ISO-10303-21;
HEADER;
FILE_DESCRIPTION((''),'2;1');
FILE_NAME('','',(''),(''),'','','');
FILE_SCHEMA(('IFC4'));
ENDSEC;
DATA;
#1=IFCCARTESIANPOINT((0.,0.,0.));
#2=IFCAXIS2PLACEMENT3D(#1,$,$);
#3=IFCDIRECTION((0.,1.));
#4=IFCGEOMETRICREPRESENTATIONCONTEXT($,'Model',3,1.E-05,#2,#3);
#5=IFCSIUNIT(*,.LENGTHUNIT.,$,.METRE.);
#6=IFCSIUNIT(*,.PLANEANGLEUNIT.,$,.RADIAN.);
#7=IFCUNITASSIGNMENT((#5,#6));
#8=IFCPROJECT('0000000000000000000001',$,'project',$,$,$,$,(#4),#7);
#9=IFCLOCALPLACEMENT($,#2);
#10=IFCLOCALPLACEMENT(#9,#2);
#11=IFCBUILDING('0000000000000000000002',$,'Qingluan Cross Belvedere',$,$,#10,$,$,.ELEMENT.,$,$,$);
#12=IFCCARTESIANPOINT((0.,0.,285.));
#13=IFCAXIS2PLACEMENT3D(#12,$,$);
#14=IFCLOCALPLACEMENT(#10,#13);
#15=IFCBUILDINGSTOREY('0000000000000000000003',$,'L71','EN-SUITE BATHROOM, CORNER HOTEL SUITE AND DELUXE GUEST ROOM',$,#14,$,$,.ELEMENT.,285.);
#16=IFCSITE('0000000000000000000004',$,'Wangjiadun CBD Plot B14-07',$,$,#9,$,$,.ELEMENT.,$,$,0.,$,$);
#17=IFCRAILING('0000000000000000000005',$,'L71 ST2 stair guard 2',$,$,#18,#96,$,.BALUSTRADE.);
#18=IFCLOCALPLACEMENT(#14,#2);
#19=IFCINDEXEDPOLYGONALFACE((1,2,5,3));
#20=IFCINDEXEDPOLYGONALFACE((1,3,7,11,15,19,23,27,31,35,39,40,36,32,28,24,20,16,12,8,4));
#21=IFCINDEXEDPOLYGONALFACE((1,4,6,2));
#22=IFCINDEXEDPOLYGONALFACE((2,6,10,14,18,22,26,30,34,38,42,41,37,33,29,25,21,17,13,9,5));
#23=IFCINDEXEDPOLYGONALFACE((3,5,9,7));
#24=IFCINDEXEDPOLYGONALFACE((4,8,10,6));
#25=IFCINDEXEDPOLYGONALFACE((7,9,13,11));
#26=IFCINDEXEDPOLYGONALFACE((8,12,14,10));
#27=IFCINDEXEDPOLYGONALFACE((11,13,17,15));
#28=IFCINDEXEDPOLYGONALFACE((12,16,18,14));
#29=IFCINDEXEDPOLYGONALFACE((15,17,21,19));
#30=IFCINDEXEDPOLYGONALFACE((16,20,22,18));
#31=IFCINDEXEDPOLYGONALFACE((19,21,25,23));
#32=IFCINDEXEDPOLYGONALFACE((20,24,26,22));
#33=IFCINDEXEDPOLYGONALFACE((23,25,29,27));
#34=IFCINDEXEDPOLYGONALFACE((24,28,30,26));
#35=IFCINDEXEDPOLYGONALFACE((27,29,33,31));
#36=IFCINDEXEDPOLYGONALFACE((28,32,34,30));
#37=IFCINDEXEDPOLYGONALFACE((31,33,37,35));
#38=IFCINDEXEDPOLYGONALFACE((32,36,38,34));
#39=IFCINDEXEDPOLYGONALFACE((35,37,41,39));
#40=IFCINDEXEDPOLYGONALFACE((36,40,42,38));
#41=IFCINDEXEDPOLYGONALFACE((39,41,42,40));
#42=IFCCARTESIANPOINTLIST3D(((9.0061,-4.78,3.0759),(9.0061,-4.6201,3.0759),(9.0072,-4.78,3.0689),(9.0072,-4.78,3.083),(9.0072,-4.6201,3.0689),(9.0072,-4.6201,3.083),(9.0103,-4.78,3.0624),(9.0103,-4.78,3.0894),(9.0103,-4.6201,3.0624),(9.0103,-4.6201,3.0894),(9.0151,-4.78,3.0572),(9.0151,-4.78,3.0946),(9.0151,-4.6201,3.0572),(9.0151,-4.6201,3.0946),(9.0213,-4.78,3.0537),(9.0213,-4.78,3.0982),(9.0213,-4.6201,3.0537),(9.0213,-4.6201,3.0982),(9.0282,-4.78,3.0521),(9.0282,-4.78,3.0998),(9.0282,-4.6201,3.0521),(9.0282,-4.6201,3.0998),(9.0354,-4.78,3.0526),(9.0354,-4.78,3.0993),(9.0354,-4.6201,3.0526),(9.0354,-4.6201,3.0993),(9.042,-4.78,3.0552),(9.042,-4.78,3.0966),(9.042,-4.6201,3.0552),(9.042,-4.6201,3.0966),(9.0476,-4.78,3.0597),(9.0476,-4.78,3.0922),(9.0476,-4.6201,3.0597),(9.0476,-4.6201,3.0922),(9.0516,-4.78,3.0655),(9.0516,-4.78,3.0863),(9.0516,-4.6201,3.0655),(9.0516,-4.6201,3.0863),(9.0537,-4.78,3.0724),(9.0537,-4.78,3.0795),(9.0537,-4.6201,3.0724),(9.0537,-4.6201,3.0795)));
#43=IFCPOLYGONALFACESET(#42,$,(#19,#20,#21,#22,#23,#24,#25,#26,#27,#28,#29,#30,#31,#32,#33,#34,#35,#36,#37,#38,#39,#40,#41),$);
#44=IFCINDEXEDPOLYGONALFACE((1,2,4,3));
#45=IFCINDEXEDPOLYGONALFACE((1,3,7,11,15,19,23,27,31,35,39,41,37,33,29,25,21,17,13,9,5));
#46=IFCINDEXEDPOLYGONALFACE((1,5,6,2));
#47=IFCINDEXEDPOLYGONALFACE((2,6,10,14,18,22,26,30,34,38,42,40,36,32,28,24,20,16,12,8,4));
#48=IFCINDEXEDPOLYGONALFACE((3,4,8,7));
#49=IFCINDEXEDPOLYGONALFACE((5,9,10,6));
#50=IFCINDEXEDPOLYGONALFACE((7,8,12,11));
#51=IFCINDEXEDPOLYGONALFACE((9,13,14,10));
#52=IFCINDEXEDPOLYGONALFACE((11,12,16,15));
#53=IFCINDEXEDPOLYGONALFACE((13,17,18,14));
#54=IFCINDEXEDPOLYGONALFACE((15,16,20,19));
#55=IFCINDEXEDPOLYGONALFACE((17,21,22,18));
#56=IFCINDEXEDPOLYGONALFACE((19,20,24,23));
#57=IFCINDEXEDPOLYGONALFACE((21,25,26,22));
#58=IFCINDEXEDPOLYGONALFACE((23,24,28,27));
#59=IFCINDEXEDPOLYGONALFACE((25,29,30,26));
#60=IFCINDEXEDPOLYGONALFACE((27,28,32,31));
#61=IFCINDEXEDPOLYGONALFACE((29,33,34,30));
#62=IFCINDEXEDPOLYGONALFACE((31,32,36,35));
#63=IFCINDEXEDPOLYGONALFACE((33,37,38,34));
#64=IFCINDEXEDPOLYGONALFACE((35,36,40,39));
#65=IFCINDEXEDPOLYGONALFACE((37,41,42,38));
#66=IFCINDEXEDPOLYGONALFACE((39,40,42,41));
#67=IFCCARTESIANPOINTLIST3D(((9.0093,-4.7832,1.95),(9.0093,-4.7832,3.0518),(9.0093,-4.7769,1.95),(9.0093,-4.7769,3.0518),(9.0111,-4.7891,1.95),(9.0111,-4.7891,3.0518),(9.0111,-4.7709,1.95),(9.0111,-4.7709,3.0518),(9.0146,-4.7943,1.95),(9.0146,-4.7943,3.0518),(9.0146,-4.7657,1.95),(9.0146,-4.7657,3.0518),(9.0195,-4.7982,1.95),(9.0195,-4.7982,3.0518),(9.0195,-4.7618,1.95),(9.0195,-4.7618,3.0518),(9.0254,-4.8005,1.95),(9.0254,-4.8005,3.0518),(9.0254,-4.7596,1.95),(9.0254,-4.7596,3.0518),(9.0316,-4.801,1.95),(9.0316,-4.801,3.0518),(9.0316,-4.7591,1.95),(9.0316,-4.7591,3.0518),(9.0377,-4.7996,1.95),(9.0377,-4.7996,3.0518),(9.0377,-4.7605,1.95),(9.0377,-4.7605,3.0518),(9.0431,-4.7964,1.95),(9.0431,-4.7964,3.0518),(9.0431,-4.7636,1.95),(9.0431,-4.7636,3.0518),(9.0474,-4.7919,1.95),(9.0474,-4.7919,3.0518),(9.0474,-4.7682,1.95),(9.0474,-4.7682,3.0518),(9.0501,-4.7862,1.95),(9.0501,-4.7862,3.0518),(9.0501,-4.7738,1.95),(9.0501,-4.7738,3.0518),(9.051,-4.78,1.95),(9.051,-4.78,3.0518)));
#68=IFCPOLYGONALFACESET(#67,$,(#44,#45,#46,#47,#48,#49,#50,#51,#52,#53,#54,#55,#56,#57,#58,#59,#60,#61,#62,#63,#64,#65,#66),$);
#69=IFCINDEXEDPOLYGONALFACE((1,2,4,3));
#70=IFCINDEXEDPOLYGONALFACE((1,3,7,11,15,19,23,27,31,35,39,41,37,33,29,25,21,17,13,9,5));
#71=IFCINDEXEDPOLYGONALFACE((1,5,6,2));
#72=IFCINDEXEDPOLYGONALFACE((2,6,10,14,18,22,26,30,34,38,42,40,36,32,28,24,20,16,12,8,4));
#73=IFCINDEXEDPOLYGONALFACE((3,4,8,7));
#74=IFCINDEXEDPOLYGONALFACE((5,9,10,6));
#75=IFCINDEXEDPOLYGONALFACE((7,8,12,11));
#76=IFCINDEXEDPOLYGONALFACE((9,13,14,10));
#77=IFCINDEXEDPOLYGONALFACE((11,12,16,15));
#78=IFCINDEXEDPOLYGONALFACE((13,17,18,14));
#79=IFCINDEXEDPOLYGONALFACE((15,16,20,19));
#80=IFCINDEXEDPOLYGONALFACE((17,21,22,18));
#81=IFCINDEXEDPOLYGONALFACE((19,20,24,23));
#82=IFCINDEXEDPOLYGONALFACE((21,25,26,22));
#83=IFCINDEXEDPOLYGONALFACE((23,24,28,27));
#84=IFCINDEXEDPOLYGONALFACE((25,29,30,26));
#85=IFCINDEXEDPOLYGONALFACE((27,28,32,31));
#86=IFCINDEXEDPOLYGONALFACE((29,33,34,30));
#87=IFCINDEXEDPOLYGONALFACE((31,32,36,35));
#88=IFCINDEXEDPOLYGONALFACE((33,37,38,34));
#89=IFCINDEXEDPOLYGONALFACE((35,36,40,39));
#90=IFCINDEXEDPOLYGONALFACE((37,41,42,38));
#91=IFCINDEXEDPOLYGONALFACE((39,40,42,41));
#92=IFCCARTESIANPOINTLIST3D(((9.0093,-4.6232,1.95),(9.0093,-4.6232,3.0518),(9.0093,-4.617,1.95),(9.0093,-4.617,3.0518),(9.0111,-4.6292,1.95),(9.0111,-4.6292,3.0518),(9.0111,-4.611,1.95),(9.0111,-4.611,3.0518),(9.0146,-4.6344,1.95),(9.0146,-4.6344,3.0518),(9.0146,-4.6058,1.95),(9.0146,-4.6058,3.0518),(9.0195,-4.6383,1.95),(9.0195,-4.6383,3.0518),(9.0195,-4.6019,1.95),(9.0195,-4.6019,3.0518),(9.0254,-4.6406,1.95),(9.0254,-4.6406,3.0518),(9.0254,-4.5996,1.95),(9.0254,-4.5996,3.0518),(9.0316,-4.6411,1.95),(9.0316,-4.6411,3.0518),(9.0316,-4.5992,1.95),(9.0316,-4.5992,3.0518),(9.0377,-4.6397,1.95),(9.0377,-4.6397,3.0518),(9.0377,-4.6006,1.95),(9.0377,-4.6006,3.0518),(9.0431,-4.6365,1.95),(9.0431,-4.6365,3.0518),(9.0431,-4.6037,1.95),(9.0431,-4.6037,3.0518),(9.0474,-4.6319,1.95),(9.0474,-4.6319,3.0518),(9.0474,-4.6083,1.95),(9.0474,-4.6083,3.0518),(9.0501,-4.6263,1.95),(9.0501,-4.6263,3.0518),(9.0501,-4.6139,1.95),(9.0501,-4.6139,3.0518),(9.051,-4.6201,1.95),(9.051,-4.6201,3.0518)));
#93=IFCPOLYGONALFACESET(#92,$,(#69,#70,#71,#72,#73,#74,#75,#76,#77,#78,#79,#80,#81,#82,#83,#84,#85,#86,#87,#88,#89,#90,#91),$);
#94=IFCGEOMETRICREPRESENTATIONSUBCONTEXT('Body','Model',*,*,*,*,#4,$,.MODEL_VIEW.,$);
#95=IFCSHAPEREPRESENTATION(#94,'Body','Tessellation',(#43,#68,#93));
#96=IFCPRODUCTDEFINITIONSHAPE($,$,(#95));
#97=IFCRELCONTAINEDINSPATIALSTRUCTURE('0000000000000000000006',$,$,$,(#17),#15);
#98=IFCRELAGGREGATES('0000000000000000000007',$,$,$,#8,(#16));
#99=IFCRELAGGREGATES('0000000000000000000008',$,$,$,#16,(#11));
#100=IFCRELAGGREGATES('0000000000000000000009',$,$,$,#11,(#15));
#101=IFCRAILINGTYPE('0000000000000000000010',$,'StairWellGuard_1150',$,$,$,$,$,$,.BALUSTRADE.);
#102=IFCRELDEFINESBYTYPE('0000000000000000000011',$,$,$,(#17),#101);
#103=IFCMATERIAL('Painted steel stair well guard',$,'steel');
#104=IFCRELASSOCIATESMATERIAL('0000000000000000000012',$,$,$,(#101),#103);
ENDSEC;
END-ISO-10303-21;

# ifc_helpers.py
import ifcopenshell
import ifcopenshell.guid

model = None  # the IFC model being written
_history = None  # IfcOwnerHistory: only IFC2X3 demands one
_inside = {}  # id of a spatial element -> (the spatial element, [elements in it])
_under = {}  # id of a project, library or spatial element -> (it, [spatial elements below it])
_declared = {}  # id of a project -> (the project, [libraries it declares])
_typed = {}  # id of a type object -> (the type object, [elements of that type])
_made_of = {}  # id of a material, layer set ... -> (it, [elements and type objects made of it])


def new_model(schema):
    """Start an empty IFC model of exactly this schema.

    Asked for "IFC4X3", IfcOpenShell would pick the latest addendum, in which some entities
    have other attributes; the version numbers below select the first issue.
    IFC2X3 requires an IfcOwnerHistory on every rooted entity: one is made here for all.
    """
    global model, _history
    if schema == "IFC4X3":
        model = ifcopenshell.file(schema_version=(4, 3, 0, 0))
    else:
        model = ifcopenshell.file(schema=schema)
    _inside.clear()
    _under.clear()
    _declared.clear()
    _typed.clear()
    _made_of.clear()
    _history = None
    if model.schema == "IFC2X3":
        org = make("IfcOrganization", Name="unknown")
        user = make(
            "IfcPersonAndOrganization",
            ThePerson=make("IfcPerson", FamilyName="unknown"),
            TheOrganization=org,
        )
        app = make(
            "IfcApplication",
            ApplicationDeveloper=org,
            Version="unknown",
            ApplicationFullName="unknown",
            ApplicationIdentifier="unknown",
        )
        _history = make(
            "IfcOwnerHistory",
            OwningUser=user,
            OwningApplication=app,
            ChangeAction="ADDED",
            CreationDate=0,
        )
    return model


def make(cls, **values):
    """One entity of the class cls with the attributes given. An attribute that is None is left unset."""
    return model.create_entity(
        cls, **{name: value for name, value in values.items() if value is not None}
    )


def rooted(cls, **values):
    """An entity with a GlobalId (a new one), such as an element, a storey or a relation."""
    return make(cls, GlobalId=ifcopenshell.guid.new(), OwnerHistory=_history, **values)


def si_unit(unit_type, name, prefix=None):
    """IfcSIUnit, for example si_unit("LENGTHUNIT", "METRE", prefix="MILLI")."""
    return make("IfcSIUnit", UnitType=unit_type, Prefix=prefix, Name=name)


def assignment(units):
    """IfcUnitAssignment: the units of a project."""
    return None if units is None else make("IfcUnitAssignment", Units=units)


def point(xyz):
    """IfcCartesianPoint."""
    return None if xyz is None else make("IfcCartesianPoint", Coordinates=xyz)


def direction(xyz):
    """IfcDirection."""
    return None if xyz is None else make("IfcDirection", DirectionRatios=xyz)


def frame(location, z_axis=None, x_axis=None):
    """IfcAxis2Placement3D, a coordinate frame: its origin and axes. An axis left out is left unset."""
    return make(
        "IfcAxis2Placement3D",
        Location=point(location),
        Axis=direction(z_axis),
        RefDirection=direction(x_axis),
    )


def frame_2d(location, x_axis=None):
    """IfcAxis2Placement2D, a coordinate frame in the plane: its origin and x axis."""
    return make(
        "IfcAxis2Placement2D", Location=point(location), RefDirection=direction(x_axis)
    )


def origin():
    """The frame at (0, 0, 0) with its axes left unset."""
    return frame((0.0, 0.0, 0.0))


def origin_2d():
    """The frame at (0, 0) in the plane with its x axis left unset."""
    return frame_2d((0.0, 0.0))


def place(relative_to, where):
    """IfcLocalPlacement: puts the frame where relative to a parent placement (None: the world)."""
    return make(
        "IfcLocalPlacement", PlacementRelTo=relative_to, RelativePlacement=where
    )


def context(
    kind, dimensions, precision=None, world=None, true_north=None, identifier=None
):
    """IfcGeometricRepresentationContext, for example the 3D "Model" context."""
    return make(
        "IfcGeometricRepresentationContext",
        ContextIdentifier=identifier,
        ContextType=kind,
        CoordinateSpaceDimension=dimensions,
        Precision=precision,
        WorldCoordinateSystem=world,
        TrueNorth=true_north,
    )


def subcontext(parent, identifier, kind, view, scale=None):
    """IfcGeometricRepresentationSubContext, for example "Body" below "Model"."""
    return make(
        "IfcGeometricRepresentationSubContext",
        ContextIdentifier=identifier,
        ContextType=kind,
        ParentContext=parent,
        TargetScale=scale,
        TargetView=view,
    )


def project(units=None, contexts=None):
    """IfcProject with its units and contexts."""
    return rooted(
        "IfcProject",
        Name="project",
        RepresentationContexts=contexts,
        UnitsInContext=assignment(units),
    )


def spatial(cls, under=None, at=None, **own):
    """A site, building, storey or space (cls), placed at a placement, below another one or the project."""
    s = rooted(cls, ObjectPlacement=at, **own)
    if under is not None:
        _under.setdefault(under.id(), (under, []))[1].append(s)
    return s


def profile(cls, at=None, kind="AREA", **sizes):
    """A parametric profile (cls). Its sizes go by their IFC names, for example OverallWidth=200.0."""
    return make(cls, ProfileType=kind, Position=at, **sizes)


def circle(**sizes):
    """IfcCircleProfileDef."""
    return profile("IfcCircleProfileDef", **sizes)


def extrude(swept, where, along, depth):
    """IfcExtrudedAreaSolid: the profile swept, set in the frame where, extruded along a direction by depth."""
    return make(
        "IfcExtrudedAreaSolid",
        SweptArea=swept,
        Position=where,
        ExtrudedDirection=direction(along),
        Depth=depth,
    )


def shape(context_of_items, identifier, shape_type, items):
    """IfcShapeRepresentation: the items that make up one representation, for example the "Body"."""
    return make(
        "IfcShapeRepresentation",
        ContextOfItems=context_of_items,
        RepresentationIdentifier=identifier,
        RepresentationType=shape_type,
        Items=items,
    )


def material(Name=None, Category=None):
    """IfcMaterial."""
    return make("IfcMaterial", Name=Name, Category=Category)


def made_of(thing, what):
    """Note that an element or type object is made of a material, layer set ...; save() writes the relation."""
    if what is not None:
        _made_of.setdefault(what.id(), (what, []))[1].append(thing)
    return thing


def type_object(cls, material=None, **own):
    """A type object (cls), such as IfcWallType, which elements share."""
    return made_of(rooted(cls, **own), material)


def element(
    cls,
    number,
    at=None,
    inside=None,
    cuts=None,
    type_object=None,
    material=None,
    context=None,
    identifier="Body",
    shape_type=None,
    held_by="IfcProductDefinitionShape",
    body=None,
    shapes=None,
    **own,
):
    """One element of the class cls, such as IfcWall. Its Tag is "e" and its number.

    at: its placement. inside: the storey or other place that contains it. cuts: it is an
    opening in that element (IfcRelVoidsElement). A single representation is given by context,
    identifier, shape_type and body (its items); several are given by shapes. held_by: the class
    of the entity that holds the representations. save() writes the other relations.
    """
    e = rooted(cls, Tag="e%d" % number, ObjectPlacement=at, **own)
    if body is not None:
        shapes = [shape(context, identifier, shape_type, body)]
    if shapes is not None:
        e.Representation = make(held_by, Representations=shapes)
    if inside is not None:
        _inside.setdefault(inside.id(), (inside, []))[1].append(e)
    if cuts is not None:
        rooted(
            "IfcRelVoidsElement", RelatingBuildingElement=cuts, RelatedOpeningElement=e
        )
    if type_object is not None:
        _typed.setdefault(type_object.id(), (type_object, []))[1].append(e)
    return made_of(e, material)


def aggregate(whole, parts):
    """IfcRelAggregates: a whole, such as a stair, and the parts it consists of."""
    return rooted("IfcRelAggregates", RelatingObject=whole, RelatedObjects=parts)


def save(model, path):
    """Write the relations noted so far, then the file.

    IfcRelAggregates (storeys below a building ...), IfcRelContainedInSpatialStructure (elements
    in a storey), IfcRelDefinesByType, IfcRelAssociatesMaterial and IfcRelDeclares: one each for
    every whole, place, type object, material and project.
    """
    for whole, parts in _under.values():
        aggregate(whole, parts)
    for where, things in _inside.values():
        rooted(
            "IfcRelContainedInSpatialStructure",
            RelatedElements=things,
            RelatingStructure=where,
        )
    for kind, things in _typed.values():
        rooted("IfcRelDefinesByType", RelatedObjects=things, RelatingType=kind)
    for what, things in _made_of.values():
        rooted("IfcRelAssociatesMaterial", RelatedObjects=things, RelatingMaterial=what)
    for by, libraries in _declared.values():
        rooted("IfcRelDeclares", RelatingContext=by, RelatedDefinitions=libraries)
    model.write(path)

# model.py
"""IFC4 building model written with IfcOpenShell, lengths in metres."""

from ifc_helpers import new_model, si_unit, direction, frame, origin, origin_2d, place, context, subcontext, project, spatial, circle, extrude, material, type_object, element, save


model = new_model("IFC4")

# Units and contexts
model_context = context("Model", 3, precision=1e-05, world=origin(), true_north=direction((0.0, 1.0)))
body_context = subcontext(model_context, "Body", "Model", "MODEL_VIEW")
ifc_project = project(units=[si_unit("LENGTHUNIT", "METRE"), si_unit("PLANEANGLEUNIT", "RADIAN")], contexts=[model_context])

# Site, building, storey
site_placement = place(None, origin())
site = spatial("IfcSite", under=ifc_project, at=site_placement, Name="Wangjiadun CBD Plot B14-07", CompositionType="ELEMENT", RefElevation=0.0)
building_placement = place(site_placement, origin())
building = spatial("IfcBuilding", under=site, at=building_placement, Name="Qingluan Cross Belvedere", CompositionType="ELEMENT")
storey_placement = place(building_placement, frame((0.0, 0.0, 285.0)))
storey = spatial("IfcBuildingStorey", under=building, at=storey_placement, Name="L71", Description="EN-SUITE BATHROOM, CORNER HOTEL SUITE AND DELUXE GUEST ROOM", CompositionType="ELEMENT", Elevation=285.0)

# Railing
ifc_material_1 = material(Name="Painted steel stair well guard", Category="steel")
railing_type_1 = type_object("IfcRailingType", Name="StairWellGuard_1150", PredefinedType="BALUSTRADE", material=ifc_material_1)
railing_1_placement = place(storey_placement, frame((9.03, -4.78, 1.95)))
element("IfcRailing", 1, at=railing_1_placement, inside=storey, type_object=railing_type_1, Name="L71 ST2 stair guard 2", PredefinedType="BALUSTRADE", context=body_context, shape_type="SweptSolid", body=[
    extrude(circle(Radius=0.0239, at=origin_2d()), frame((0.0, 0.0, 1.126), z_axis=(0.0, 1.0, 0.0), x_axis=(-1.0, 0.0, 0.0)), (0.0, 0.0, 1.0), 0.1599),
    extrude(circle(Radius=0.021, at=origin_2d()), origin(), (0.0, 0.0, 1.0), 1.1018),
    extrude(circle(Radius=0.021, at=origin_2d()), frame((0.0, 0.1599, 0.0)), (0.0, 0.0, 1.0), 1.1018),
])

save(model, "model.ifc")
